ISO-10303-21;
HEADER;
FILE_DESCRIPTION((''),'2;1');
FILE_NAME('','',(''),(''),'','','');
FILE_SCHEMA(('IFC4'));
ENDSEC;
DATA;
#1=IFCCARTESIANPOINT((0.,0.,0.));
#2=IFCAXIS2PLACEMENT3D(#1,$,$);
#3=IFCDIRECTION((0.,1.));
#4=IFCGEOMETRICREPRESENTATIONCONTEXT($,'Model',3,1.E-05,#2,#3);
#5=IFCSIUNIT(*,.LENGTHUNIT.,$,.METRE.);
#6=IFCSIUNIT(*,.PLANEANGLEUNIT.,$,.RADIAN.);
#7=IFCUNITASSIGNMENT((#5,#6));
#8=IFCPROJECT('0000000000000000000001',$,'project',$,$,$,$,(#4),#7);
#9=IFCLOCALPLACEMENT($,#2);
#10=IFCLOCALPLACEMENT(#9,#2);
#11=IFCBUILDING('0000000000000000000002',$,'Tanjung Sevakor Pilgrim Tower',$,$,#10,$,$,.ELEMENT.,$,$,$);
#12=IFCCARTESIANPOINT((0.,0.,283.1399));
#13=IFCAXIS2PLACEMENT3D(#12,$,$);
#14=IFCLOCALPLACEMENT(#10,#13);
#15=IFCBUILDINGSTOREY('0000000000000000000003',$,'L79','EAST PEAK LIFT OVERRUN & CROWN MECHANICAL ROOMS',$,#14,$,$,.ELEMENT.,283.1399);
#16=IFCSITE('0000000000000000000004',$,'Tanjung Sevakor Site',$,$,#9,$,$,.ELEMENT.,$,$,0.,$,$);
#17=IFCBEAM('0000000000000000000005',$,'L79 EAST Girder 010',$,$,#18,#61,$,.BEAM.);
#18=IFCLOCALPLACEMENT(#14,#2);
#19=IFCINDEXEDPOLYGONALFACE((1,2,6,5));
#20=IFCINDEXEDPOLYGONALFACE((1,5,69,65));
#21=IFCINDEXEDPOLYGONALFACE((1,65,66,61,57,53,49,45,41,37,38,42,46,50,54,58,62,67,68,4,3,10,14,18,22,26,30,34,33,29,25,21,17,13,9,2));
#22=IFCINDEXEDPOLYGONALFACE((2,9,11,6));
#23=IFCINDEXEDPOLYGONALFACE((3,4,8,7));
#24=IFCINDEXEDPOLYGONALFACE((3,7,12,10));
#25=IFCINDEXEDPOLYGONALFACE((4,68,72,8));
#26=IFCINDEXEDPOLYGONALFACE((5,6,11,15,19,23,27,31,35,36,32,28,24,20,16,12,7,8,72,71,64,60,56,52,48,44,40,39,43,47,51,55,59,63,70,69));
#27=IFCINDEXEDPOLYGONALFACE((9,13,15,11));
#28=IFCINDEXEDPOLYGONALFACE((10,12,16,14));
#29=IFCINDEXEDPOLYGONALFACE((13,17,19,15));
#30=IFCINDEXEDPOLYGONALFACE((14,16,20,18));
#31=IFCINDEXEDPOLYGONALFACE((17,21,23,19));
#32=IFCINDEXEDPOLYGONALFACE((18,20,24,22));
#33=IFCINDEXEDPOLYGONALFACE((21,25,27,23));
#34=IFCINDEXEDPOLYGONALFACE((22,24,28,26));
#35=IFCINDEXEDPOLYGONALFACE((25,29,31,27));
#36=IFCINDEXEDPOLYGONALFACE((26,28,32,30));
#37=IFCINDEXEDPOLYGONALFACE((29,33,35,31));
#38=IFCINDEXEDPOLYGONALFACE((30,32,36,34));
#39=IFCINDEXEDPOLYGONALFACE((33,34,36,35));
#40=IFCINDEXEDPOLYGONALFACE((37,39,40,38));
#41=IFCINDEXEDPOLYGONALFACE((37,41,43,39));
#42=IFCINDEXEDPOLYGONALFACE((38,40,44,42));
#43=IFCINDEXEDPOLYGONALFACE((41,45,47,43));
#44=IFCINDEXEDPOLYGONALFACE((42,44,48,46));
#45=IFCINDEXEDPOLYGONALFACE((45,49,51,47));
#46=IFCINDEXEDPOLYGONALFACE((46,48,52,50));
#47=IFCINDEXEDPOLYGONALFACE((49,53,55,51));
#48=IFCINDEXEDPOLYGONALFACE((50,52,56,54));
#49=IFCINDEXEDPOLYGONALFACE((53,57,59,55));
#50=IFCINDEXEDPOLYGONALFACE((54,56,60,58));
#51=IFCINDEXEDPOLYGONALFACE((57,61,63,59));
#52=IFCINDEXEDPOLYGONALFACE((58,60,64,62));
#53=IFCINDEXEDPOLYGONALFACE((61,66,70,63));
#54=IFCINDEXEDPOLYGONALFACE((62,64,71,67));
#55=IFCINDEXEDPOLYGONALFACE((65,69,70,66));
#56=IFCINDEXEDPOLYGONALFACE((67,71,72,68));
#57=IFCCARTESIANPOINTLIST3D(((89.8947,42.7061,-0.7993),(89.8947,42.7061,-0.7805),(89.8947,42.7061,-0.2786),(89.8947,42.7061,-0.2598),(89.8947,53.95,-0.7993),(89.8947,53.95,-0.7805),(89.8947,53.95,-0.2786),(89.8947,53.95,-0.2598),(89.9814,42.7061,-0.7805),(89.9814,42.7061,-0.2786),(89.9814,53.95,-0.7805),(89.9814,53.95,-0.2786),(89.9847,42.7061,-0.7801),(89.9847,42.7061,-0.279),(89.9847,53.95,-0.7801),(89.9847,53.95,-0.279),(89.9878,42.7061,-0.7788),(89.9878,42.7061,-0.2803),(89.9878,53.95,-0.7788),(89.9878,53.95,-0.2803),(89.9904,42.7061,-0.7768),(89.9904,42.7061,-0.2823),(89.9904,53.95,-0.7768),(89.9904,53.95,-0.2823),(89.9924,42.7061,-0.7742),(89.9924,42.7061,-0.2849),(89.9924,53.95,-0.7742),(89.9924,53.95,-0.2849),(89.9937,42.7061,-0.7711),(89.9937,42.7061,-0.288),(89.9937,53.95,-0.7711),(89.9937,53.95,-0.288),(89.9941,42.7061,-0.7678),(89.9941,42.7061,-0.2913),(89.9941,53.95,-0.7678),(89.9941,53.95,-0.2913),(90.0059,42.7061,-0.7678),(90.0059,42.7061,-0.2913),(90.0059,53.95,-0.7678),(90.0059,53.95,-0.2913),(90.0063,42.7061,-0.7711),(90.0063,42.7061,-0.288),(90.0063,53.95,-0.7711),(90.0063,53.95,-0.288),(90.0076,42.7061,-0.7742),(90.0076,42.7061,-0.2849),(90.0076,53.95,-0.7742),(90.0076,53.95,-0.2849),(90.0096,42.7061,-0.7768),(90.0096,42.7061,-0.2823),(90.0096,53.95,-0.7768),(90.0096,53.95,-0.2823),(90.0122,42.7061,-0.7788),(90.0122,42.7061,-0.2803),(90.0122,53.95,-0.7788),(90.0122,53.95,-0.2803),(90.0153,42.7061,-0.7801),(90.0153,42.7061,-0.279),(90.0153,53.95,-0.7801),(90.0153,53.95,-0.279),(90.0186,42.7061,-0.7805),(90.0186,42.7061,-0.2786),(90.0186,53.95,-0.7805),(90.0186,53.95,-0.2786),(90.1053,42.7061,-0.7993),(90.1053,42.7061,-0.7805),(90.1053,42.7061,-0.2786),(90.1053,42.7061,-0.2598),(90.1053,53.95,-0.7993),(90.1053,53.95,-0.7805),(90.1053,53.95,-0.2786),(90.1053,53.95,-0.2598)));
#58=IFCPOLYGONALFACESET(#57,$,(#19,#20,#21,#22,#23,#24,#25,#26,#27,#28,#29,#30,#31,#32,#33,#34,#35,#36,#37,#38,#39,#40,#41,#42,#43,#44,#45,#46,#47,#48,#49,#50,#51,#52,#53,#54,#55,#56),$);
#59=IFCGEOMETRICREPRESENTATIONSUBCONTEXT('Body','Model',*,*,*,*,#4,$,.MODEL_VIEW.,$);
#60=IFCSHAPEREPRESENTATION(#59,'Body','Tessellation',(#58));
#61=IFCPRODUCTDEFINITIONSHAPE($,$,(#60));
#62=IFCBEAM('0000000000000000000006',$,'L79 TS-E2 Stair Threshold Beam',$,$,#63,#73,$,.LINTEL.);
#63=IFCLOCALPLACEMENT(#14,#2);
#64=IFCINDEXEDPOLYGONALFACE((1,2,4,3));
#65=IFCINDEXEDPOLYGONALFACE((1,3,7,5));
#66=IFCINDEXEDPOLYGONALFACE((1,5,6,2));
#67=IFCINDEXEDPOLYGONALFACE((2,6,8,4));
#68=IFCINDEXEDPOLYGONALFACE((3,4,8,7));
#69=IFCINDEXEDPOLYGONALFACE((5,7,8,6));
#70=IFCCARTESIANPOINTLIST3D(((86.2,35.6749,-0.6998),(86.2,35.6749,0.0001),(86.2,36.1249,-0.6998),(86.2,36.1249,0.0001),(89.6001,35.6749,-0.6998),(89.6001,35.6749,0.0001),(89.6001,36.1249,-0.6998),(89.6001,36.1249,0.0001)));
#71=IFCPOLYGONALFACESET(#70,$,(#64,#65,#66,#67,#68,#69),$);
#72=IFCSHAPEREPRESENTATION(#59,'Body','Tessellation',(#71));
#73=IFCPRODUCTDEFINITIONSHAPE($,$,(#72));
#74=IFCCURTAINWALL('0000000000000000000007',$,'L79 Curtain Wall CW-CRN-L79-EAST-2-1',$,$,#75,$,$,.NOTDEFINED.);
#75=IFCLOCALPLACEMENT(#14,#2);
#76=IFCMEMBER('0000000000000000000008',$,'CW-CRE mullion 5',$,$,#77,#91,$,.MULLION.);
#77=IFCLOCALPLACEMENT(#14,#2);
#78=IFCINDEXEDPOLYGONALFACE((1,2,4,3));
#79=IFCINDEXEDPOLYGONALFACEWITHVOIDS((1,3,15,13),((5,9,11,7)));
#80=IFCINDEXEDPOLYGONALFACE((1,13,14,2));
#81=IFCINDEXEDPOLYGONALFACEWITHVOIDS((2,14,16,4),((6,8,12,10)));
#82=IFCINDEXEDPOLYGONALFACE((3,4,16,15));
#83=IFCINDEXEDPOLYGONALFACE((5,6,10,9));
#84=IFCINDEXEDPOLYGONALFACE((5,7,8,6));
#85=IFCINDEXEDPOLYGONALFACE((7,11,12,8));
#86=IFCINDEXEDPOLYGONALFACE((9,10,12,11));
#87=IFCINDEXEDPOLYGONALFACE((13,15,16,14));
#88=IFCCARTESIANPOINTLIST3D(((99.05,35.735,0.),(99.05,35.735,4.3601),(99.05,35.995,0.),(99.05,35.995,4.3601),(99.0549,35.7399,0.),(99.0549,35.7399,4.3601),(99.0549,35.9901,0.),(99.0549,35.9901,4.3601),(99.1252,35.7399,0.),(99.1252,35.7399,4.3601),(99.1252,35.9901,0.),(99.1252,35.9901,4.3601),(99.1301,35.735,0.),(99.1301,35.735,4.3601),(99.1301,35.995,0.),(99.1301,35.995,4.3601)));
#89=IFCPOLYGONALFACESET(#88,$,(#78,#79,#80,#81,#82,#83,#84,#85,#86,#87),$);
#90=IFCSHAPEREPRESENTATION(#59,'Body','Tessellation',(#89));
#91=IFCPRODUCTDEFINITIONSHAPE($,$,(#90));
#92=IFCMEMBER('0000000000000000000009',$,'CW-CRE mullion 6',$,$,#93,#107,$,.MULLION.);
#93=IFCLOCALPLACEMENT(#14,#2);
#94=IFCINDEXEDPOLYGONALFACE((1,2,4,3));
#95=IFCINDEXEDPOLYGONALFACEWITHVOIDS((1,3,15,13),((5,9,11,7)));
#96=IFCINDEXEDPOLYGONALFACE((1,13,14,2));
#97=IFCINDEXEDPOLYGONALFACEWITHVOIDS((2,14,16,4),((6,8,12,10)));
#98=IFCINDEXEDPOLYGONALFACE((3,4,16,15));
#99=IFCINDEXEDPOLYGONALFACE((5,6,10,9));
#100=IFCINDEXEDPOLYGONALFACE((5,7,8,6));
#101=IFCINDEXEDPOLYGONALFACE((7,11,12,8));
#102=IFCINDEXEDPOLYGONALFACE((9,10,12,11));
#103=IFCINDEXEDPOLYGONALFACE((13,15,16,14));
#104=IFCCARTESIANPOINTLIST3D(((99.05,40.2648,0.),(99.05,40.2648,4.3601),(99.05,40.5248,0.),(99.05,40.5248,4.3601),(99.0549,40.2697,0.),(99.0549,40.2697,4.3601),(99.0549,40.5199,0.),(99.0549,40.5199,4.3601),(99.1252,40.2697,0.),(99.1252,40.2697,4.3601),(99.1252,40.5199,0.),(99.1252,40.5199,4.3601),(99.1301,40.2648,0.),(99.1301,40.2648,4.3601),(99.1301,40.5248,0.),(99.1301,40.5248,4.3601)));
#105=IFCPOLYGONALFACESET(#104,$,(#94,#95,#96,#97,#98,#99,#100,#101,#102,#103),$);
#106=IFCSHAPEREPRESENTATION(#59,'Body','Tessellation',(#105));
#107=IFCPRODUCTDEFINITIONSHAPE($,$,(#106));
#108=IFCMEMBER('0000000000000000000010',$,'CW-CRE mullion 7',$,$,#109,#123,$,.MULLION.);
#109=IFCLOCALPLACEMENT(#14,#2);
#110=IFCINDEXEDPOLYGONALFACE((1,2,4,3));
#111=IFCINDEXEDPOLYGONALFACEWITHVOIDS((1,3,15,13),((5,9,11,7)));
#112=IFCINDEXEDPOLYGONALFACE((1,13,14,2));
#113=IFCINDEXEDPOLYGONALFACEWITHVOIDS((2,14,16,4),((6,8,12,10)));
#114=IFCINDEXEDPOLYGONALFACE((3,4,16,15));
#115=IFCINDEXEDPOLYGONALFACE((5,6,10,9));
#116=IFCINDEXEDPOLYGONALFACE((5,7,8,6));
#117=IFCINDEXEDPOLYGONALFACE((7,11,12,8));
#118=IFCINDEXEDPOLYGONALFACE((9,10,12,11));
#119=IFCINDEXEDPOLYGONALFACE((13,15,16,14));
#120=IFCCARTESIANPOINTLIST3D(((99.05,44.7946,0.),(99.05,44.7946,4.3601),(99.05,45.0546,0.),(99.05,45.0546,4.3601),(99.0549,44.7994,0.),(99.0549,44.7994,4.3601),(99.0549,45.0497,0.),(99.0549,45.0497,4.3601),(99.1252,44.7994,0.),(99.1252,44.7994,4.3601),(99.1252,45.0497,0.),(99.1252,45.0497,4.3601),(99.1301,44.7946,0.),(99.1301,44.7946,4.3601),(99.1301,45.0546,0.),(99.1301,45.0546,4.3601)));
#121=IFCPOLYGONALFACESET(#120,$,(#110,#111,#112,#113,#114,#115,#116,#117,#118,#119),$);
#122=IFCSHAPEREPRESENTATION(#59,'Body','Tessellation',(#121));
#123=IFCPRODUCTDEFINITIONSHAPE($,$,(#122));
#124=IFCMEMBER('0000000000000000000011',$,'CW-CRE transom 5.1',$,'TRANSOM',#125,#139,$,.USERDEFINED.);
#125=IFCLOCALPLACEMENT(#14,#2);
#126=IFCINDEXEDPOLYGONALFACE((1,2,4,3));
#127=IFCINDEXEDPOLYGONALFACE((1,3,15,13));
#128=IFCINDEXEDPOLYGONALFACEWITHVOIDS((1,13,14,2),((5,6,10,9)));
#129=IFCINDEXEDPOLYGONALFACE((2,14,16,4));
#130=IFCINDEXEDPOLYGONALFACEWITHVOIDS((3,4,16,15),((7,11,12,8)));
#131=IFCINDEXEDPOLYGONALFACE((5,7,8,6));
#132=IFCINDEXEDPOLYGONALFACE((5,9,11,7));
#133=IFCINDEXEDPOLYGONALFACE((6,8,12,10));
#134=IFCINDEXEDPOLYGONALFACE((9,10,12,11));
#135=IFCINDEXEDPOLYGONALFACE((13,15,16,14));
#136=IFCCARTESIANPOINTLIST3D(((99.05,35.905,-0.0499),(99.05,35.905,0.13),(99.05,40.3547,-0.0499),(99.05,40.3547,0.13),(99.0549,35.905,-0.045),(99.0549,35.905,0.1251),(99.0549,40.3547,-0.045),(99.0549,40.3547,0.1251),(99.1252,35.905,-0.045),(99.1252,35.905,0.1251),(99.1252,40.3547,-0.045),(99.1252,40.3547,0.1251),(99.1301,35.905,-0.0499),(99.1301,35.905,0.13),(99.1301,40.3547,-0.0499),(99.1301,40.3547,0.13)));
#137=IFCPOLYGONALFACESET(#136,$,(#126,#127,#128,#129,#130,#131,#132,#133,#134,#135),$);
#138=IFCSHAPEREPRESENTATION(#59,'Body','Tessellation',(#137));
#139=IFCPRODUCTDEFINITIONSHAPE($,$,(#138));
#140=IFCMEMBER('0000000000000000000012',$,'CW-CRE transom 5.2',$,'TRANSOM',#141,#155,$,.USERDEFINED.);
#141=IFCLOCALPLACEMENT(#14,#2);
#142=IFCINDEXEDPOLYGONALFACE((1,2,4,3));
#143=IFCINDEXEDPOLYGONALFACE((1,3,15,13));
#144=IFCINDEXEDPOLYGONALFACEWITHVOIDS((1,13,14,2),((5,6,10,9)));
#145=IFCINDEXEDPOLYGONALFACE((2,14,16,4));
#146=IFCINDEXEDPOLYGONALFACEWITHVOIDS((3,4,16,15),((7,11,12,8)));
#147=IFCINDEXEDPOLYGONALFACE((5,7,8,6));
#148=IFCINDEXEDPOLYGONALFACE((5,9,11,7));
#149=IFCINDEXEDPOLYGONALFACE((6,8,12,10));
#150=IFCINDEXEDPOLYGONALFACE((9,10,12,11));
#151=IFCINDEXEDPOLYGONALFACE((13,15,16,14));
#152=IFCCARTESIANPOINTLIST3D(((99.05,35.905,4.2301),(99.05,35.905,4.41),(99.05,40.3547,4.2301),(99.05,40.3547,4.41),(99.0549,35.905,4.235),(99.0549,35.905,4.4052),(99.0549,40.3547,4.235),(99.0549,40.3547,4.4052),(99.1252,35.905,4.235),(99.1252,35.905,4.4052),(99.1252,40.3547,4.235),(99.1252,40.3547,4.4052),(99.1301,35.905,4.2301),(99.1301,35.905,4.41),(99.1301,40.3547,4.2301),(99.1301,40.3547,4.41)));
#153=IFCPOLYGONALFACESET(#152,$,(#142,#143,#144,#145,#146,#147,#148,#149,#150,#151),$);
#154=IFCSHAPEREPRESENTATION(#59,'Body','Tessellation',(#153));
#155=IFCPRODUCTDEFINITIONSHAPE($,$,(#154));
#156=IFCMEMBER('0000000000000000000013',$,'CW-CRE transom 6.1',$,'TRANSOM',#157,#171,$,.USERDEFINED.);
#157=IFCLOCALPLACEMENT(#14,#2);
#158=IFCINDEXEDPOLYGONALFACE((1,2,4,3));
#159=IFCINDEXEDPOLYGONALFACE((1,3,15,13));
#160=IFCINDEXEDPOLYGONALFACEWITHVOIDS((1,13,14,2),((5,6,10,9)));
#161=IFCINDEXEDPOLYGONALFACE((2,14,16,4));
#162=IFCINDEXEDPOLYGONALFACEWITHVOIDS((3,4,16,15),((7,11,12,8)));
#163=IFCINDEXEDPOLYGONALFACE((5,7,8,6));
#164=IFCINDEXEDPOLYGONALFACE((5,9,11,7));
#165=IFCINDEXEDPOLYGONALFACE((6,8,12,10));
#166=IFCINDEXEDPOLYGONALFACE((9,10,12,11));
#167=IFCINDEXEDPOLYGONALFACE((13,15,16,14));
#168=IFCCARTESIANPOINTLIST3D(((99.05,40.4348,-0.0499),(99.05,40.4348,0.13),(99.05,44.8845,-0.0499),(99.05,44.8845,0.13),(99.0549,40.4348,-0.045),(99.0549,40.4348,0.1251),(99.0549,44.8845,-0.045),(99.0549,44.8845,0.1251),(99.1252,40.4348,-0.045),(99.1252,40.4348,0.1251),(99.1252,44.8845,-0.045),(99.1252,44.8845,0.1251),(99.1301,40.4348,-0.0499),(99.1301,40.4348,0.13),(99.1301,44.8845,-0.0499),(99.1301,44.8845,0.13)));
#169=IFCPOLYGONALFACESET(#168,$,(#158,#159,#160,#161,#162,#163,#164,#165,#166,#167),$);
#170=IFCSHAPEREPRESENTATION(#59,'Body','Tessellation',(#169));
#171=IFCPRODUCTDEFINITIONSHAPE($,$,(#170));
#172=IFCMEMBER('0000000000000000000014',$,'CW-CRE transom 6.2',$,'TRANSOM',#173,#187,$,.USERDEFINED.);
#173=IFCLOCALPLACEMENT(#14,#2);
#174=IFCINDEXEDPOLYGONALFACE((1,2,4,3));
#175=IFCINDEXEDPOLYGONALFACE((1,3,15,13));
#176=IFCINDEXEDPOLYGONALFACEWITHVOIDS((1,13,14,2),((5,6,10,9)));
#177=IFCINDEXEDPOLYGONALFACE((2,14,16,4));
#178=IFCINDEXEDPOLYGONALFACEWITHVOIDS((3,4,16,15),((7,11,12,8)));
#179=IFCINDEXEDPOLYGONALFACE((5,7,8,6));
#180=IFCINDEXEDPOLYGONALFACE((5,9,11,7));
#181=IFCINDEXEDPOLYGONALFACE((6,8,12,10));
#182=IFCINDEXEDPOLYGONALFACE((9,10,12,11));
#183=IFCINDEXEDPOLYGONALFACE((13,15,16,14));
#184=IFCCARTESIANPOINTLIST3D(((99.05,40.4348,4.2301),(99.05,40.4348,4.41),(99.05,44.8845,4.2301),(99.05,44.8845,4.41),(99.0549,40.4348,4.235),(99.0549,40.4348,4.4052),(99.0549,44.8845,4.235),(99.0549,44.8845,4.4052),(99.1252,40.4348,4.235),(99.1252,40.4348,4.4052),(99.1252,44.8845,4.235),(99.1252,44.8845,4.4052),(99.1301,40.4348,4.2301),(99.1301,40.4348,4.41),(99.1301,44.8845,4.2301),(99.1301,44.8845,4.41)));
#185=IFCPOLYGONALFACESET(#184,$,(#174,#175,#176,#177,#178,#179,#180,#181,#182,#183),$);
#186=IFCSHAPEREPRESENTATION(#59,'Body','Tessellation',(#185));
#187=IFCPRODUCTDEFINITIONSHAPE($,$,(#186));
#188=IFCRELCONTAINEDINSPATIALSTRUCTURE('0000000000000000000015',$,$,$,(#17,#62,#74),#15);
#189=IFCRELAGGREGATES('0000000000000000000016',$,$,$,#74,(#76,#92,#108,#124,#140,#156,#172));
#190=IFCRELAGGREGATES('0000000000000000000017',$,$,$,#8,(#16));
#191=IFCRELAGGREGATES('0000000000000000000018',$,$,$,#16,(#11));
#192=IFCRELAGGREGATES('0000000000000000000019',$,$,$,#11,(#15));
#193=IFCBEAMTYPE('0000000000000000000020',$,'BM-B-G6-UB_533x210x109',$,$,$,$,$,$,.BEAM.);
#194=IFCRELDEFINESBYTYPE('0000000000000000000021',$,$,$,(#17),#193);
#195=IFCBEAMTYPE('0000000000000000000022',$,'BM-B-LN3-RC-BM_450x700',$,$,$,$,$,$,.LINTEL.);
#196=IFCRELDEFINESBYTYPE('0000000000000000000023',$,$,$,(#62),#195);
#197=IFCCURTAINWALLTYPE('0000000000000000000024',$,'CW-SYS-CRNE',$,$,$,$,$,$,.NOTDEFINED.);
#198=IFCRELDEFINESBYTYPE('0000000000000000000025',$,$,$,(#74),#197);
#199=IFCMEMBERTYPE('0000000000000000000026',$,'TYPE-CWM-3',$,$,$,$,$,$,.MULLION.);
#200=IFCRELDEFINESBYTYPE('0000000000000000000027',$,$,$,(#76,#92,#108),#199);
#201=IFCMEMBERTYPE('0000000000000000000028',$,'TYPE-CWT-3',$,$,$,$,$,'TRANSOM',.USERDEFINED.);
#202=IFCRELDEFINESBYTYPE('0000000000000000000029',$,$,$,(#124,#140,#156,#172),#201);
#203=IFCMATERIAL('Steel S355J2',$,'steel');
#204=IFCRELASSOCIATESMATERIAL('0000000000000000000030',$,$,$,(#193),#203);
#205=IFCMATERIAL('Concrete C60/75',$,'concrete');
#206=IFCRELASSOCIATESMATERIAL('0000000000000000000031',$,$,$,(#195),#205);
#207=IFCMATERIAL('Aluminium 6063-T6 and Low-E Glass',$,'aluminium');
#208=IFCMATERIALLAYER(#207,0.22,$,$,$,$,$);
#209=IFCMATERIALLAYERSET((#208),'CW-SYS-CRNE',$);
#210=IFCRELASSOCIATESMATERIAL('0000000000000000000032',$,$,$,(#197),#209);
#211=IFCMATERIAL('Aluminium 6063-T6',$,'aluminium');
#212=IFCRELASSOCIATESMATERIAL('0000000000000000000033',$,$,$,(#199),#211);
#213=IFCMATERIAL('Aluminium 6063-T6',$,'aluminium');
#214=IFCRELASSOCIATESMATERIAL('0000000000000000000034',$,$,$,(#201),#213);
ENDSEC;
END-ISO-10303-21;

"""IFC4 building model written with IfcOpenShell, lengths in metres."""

from ifc_helpers import new_model, si_unit, direction, frame, origin, origin_2d, place, context, subcontext, project, spatial, rectangle, hollow_rectangle, i_section, extrude, material, layer, layer_set, material_profile, profile_set, type_object, element, aggregate, save


model = new_model("IFC4")

# Units and contexts
model_context = context("Model", 3, precision=1e-05, world=origin(), true_north=direction((0.0, 1.0)))
body_context = subcontext(model_context, "Body", "Model", "MODEL_VIEW")
ifc_project = project(units=[si_unit("LENGTHUNIT", "METRE"), si_unit("PLANEANGLEUNIT", "RADIAN")], contexts=[model_context])

# Site, building, storey
site_placement = place(None, origin())
site = spatial("IfcSite", under=ifc_project, at=site_placement, Name="Tanjung Sevakor Site", CompositionType="ELEMENT", RefElevation=0.0)
building_placement = place(site_placement, origin())
building = spatial("IfcBuilding", under=site, at=building_placement, Name="Tanjung Sevakor Pilgrim Tower", CompositionType="ELEMENT")
storey_placement = place(building_placement, frame((0.0, 0.0, 283.1399)))
storey = spatial("IfcBuildingStorey", under=building, at=storey_placement, Name="L79", Description="EAST PEAK LIFT OVERRUN & CROWN MECHANICAL ROOMS", CompositionType="ELEMENT", Elevation=283.1399)

# Beams
ifc_material_1 = material(Name="Steel S355J2", Category="steel")
ifc_material_profile_1 = material_profile(ifc_material_1, i_section(OverallWidth=0.2107, OverallDepth=0.5396, WebThickness=0.0117, FlangeThickness=0.0188, FilletRadius=0.0127, at=origin_2d()))
ifc_profile_set_1 = profile_set([ifc_material_profile_1], Name="Steel S355J2")
beam_type_1 = type_object("IfcBeamType", Name="BM-B-G6-UB_533x210x109", PredefinedType="BEAM", material=ifc_profile_set_1)
beam_1_placement = place(storey_placement, frame((90.0, 42.7061, -0.5295), z_axis=(0.0, 1.0, 0.0), x_axis=(-1.0, 0.0, 0.0)))
element("IfcBeam", 1, at=beam_1_placement, inside=storey, type_object=beam_type_1, Name="L79 EAST Girder 010", PredefinedType="BEAM", context=body_context, shape_type="SweptSolid", body=[
    extrude(i_section(OverallWidth=0.2107, OverallDepth=0.5396, WebThickness=0.0117, FlangeThickness=0.0188, FilletRadius=0.0127, at=origin_2d()), origin(), (0.0, 0.0, 1.0), 11.2439),
])
ifc_material_2 = material(Name="Concrete C60/75", Category="concrete")
ifc_material_profile_2 = material_profile(ifc_material_2, rectangle(XDim=0.45, YDim=0.7, at=origin_2d()))
ifc_profile_set_2 = profile_set([ifc_material_profile_2], Name="Concrete C60/75")
beam_type_2 = type_object("IfcBeamType", Name="BM-B-LN3-RC-BM_450x700", PredefinedType="LINTEL", material=ifc_profile_set_2)
beam_2_placement = place(storey_placement, frame((86.2, 35.8999, -0.3499), z_axis=(1.0, 0.0, 0.0), x_axis=(0.0, 1.0, 0.0)))
element("IfcBeam", 2, at=beam_2_placement, inside=storey, type_object=beam_type_2, Name="L79 TS-E2 Stair Threshold Beam", PredefinedType="LINTEL", context=body_context, shape_type="SweptSolid", body=[
    extrude(rectangle(XDim=0.45, YDim=0.7, at=origin_2d()), origin(), (0.0, 0.0, 1.0), 3.4001),
])

# Curtain wall, members
ifc_material_3 = material(Name="Aluminium 6063-T6 and Low-E Glass", Category="aluminium")
ifc_layer_1 = layer(ifc_material_3, 0.22)
ifc_layer_set_1 = layer_set([ifc_layer_1], Name="CW-SYS-CRNE")
curtain_wall_type = type_object("IfcCurtainWallType", Name="CW-SYS-CRNE", PredefinedType="NOTDEFINED", material=ifc_layer_set_1)
curtain_wall_placement = place(storey_placement, origin())
curtain_wall = element("IfcCurtainWall", 3, at=curtain_wall_placement, inside=storey, type_object=curtain_wall_type, Name="L79 Curtain Wall CW-CRN-L79-EAST-2-1", PredefinedType="NOTDEFINED")
ifc_material_4 = material(Name="Aluminium 6063-T6", Category="aluminium")
ifc_material_profile_3 = material_profile(ifc_material_4, hollow_rectangle(XDim=0.0801, YDim=0.26, WallThickness=0.0049, at=origin_2d()))
ifc_profile_set_3 = profile_set([ifc_material_profile_3], Name="Aluminium 6063-T6")
member_type_1 = type_object("IfcMemberType", Name="TYPE-CWM-3", PredefinedType="MULLION", material=ifc_profile_set_3)
member_1_placement = place(storey_placement, frame((99.0901, 35.865, 0.0), z_axis=(0.0, 0.0, 1.0), x_axis=(-1.0, 0.0, 0.0)))
member_1 = element("IfcMember", 4, at=member_1_placement, type_object=member_type_1, Name="CW-CRE mullion 5", PredefinedType="MULLION", context=body_context, shape_type="SweptSolid", body=[
    extrude(hollow_rectangle(XDim=0.0801, YDim=0.26, WallThickness=0.0049, at=origin_2d()), origin(), (0.0, 0.0, 1.0), 4.3601),
])
member_2_placement = place(storey_placement, frame((99.0901, 40.3948, 0.0), z_axis=(0.0, 0.0, 1.0), x_axis=(-1.0, 0.0, 0.0)))
member_2 = element("IfcMember", 5, at=member_2_placement, type_object=member_type_1, Name="CW-CRE mullion 6", PredefinedType="MULLION", context=body_context, shape_type="SweptSolid", body=[
    extrude(hollow_rectangle(XDim=0.0801, YDim=0.26, WallThickness=0.0049, at=origin_2d()), origin(), (0.0, 0.0, 1.0), 4.3601),
])
member_3_placement = place(storey_placement, frame((99.0901, 44.9246, 0.0), z_axis=(0.0, 0.0, 1.0), x_axis=(-1.0, 0.0, 0.0)))
member_3 = element("IfcMember", 6, at=member_3_placement, type_object=member_type_1, Name="CW-CRE mullion 7", PredefinedType="MULLION", context=body_context, shape_type="SweptSolid", body=[
    extrude(hollow_rectangle(XDim=0.0801, YDim=0.26, WallThickness=0.0049, at=origin_2d()), origin(), (0.0, 0.0, 1.0), 4.3601),
])
ifc_material_5 = material(Name="Aluminium 6063-T6", Category="aluminium")
ifc_material_profile_4 = material_profile(ifc_material_5, hollow_rectangle(XDim=0.0801, YDim=0.1799, WallThickness=0.0049, at=origin_2d()))
ifc_profile_set_4 = profile_set([ifc_material_profile_4], Name="Aluminium 6063-T6")
member_type_2 = type_object("IfcMemberType", Name="TYPE-CWT-3", ElementType="TRANSOM", PredefinedType="USERDEFINED", material=ifc_profile_set_4)
member_4_placement = place(storey_placement, frame((99.0901, 35.905, 0.04), z_axis=(0.0, 1.0, 0.0), x_axis=(-1.0, 0.0, 0.0)))
member_4 = element("IfcMember", 7, at=member_4_placement, type_object=member_type_2, Name="CW-CRE transom 5.1", ObjectType="TRANSOM", PredefinedType="USERDEFINED", context=body_context, shape_type="SweptSolid", body=[
    extrude(hollow_rectangle(XDim=0.0801, YDim=0.1799, WallThickness=0.0049, at=origin_2d()), origin(), (0.0, 0.0, 1.0), 4.4497),
])
member_5_placement = place(storey_placement, frame((99.0901, 35.905, 4.3201), z_axis=(0.0, 1.0, 0.0), x_axis=(-1.0, 0.0, 0.0)))
member_5 = element("IfcMember", 8, at=member_5_placement, type_object=member_type_2, Name="CW-CRE transom 5.2", ObjectType="TRANSOM", PredefinedType="USERDEFINED", context=body_context, shape_type="SweptSolid", body=[
    extrude(hollow_rectangle(XDim=0.0801, YDim=0.1799, WallThickness=0.0049, at=origin_2d()), origin(), (0.0, 0.0, 1.0), 4.4497),
])
member_6_placement = place(storey_placement, frame((99.0901, 40.4348, 0.04), z_axis=(0.0, 1.0, 0.0), x_axis=(-1.0, 0.0, 0.0)))
member_6 = element("IfcMember", 9, at=member_6_placement, type_object=member_type_2, Name="CW-CRE transom 6.1", ObjectType="TRANSOM", PredefinedType="USERDEFINED", context=body_context, shape_type="SweptSolid", body=[
    extrude(hollow_rectangle(XDim=0.0801, YDim=0.1799, WallThickness=0.0049, at=origin_2d()), origin(), (0.0, 0.0, 1.0), 4.4497),
])
member_7_placement = place(storey_placement, frame((99.0901, 40.4348, 4.3201), z_axis=(0.0, 1.0, 0.0), x_axis=(-1.0, 0.0, 0.0)))
member_7 = element("IfcMember", 10, at=member_7_placement, type_object=member_type_2, Name="CW-CRE transom 6.2", ObjectType="TRANSOM", PredefinedType="USERDEFINED", context=body_context, shape_type="SweptSolid", body=[
    extrude(hollow_rectangle(XDim=0.0801, YDim=0.1799, WallThickness=0.0049, at=origin_2d()), origin(), (0.0, 0.0, 1.0), 4.4497),
])
aggregate(curtain_wall, [member_1, member_2, member_3, member_4, member_5, member_6, member_7])

save(model, "model.ifc")
